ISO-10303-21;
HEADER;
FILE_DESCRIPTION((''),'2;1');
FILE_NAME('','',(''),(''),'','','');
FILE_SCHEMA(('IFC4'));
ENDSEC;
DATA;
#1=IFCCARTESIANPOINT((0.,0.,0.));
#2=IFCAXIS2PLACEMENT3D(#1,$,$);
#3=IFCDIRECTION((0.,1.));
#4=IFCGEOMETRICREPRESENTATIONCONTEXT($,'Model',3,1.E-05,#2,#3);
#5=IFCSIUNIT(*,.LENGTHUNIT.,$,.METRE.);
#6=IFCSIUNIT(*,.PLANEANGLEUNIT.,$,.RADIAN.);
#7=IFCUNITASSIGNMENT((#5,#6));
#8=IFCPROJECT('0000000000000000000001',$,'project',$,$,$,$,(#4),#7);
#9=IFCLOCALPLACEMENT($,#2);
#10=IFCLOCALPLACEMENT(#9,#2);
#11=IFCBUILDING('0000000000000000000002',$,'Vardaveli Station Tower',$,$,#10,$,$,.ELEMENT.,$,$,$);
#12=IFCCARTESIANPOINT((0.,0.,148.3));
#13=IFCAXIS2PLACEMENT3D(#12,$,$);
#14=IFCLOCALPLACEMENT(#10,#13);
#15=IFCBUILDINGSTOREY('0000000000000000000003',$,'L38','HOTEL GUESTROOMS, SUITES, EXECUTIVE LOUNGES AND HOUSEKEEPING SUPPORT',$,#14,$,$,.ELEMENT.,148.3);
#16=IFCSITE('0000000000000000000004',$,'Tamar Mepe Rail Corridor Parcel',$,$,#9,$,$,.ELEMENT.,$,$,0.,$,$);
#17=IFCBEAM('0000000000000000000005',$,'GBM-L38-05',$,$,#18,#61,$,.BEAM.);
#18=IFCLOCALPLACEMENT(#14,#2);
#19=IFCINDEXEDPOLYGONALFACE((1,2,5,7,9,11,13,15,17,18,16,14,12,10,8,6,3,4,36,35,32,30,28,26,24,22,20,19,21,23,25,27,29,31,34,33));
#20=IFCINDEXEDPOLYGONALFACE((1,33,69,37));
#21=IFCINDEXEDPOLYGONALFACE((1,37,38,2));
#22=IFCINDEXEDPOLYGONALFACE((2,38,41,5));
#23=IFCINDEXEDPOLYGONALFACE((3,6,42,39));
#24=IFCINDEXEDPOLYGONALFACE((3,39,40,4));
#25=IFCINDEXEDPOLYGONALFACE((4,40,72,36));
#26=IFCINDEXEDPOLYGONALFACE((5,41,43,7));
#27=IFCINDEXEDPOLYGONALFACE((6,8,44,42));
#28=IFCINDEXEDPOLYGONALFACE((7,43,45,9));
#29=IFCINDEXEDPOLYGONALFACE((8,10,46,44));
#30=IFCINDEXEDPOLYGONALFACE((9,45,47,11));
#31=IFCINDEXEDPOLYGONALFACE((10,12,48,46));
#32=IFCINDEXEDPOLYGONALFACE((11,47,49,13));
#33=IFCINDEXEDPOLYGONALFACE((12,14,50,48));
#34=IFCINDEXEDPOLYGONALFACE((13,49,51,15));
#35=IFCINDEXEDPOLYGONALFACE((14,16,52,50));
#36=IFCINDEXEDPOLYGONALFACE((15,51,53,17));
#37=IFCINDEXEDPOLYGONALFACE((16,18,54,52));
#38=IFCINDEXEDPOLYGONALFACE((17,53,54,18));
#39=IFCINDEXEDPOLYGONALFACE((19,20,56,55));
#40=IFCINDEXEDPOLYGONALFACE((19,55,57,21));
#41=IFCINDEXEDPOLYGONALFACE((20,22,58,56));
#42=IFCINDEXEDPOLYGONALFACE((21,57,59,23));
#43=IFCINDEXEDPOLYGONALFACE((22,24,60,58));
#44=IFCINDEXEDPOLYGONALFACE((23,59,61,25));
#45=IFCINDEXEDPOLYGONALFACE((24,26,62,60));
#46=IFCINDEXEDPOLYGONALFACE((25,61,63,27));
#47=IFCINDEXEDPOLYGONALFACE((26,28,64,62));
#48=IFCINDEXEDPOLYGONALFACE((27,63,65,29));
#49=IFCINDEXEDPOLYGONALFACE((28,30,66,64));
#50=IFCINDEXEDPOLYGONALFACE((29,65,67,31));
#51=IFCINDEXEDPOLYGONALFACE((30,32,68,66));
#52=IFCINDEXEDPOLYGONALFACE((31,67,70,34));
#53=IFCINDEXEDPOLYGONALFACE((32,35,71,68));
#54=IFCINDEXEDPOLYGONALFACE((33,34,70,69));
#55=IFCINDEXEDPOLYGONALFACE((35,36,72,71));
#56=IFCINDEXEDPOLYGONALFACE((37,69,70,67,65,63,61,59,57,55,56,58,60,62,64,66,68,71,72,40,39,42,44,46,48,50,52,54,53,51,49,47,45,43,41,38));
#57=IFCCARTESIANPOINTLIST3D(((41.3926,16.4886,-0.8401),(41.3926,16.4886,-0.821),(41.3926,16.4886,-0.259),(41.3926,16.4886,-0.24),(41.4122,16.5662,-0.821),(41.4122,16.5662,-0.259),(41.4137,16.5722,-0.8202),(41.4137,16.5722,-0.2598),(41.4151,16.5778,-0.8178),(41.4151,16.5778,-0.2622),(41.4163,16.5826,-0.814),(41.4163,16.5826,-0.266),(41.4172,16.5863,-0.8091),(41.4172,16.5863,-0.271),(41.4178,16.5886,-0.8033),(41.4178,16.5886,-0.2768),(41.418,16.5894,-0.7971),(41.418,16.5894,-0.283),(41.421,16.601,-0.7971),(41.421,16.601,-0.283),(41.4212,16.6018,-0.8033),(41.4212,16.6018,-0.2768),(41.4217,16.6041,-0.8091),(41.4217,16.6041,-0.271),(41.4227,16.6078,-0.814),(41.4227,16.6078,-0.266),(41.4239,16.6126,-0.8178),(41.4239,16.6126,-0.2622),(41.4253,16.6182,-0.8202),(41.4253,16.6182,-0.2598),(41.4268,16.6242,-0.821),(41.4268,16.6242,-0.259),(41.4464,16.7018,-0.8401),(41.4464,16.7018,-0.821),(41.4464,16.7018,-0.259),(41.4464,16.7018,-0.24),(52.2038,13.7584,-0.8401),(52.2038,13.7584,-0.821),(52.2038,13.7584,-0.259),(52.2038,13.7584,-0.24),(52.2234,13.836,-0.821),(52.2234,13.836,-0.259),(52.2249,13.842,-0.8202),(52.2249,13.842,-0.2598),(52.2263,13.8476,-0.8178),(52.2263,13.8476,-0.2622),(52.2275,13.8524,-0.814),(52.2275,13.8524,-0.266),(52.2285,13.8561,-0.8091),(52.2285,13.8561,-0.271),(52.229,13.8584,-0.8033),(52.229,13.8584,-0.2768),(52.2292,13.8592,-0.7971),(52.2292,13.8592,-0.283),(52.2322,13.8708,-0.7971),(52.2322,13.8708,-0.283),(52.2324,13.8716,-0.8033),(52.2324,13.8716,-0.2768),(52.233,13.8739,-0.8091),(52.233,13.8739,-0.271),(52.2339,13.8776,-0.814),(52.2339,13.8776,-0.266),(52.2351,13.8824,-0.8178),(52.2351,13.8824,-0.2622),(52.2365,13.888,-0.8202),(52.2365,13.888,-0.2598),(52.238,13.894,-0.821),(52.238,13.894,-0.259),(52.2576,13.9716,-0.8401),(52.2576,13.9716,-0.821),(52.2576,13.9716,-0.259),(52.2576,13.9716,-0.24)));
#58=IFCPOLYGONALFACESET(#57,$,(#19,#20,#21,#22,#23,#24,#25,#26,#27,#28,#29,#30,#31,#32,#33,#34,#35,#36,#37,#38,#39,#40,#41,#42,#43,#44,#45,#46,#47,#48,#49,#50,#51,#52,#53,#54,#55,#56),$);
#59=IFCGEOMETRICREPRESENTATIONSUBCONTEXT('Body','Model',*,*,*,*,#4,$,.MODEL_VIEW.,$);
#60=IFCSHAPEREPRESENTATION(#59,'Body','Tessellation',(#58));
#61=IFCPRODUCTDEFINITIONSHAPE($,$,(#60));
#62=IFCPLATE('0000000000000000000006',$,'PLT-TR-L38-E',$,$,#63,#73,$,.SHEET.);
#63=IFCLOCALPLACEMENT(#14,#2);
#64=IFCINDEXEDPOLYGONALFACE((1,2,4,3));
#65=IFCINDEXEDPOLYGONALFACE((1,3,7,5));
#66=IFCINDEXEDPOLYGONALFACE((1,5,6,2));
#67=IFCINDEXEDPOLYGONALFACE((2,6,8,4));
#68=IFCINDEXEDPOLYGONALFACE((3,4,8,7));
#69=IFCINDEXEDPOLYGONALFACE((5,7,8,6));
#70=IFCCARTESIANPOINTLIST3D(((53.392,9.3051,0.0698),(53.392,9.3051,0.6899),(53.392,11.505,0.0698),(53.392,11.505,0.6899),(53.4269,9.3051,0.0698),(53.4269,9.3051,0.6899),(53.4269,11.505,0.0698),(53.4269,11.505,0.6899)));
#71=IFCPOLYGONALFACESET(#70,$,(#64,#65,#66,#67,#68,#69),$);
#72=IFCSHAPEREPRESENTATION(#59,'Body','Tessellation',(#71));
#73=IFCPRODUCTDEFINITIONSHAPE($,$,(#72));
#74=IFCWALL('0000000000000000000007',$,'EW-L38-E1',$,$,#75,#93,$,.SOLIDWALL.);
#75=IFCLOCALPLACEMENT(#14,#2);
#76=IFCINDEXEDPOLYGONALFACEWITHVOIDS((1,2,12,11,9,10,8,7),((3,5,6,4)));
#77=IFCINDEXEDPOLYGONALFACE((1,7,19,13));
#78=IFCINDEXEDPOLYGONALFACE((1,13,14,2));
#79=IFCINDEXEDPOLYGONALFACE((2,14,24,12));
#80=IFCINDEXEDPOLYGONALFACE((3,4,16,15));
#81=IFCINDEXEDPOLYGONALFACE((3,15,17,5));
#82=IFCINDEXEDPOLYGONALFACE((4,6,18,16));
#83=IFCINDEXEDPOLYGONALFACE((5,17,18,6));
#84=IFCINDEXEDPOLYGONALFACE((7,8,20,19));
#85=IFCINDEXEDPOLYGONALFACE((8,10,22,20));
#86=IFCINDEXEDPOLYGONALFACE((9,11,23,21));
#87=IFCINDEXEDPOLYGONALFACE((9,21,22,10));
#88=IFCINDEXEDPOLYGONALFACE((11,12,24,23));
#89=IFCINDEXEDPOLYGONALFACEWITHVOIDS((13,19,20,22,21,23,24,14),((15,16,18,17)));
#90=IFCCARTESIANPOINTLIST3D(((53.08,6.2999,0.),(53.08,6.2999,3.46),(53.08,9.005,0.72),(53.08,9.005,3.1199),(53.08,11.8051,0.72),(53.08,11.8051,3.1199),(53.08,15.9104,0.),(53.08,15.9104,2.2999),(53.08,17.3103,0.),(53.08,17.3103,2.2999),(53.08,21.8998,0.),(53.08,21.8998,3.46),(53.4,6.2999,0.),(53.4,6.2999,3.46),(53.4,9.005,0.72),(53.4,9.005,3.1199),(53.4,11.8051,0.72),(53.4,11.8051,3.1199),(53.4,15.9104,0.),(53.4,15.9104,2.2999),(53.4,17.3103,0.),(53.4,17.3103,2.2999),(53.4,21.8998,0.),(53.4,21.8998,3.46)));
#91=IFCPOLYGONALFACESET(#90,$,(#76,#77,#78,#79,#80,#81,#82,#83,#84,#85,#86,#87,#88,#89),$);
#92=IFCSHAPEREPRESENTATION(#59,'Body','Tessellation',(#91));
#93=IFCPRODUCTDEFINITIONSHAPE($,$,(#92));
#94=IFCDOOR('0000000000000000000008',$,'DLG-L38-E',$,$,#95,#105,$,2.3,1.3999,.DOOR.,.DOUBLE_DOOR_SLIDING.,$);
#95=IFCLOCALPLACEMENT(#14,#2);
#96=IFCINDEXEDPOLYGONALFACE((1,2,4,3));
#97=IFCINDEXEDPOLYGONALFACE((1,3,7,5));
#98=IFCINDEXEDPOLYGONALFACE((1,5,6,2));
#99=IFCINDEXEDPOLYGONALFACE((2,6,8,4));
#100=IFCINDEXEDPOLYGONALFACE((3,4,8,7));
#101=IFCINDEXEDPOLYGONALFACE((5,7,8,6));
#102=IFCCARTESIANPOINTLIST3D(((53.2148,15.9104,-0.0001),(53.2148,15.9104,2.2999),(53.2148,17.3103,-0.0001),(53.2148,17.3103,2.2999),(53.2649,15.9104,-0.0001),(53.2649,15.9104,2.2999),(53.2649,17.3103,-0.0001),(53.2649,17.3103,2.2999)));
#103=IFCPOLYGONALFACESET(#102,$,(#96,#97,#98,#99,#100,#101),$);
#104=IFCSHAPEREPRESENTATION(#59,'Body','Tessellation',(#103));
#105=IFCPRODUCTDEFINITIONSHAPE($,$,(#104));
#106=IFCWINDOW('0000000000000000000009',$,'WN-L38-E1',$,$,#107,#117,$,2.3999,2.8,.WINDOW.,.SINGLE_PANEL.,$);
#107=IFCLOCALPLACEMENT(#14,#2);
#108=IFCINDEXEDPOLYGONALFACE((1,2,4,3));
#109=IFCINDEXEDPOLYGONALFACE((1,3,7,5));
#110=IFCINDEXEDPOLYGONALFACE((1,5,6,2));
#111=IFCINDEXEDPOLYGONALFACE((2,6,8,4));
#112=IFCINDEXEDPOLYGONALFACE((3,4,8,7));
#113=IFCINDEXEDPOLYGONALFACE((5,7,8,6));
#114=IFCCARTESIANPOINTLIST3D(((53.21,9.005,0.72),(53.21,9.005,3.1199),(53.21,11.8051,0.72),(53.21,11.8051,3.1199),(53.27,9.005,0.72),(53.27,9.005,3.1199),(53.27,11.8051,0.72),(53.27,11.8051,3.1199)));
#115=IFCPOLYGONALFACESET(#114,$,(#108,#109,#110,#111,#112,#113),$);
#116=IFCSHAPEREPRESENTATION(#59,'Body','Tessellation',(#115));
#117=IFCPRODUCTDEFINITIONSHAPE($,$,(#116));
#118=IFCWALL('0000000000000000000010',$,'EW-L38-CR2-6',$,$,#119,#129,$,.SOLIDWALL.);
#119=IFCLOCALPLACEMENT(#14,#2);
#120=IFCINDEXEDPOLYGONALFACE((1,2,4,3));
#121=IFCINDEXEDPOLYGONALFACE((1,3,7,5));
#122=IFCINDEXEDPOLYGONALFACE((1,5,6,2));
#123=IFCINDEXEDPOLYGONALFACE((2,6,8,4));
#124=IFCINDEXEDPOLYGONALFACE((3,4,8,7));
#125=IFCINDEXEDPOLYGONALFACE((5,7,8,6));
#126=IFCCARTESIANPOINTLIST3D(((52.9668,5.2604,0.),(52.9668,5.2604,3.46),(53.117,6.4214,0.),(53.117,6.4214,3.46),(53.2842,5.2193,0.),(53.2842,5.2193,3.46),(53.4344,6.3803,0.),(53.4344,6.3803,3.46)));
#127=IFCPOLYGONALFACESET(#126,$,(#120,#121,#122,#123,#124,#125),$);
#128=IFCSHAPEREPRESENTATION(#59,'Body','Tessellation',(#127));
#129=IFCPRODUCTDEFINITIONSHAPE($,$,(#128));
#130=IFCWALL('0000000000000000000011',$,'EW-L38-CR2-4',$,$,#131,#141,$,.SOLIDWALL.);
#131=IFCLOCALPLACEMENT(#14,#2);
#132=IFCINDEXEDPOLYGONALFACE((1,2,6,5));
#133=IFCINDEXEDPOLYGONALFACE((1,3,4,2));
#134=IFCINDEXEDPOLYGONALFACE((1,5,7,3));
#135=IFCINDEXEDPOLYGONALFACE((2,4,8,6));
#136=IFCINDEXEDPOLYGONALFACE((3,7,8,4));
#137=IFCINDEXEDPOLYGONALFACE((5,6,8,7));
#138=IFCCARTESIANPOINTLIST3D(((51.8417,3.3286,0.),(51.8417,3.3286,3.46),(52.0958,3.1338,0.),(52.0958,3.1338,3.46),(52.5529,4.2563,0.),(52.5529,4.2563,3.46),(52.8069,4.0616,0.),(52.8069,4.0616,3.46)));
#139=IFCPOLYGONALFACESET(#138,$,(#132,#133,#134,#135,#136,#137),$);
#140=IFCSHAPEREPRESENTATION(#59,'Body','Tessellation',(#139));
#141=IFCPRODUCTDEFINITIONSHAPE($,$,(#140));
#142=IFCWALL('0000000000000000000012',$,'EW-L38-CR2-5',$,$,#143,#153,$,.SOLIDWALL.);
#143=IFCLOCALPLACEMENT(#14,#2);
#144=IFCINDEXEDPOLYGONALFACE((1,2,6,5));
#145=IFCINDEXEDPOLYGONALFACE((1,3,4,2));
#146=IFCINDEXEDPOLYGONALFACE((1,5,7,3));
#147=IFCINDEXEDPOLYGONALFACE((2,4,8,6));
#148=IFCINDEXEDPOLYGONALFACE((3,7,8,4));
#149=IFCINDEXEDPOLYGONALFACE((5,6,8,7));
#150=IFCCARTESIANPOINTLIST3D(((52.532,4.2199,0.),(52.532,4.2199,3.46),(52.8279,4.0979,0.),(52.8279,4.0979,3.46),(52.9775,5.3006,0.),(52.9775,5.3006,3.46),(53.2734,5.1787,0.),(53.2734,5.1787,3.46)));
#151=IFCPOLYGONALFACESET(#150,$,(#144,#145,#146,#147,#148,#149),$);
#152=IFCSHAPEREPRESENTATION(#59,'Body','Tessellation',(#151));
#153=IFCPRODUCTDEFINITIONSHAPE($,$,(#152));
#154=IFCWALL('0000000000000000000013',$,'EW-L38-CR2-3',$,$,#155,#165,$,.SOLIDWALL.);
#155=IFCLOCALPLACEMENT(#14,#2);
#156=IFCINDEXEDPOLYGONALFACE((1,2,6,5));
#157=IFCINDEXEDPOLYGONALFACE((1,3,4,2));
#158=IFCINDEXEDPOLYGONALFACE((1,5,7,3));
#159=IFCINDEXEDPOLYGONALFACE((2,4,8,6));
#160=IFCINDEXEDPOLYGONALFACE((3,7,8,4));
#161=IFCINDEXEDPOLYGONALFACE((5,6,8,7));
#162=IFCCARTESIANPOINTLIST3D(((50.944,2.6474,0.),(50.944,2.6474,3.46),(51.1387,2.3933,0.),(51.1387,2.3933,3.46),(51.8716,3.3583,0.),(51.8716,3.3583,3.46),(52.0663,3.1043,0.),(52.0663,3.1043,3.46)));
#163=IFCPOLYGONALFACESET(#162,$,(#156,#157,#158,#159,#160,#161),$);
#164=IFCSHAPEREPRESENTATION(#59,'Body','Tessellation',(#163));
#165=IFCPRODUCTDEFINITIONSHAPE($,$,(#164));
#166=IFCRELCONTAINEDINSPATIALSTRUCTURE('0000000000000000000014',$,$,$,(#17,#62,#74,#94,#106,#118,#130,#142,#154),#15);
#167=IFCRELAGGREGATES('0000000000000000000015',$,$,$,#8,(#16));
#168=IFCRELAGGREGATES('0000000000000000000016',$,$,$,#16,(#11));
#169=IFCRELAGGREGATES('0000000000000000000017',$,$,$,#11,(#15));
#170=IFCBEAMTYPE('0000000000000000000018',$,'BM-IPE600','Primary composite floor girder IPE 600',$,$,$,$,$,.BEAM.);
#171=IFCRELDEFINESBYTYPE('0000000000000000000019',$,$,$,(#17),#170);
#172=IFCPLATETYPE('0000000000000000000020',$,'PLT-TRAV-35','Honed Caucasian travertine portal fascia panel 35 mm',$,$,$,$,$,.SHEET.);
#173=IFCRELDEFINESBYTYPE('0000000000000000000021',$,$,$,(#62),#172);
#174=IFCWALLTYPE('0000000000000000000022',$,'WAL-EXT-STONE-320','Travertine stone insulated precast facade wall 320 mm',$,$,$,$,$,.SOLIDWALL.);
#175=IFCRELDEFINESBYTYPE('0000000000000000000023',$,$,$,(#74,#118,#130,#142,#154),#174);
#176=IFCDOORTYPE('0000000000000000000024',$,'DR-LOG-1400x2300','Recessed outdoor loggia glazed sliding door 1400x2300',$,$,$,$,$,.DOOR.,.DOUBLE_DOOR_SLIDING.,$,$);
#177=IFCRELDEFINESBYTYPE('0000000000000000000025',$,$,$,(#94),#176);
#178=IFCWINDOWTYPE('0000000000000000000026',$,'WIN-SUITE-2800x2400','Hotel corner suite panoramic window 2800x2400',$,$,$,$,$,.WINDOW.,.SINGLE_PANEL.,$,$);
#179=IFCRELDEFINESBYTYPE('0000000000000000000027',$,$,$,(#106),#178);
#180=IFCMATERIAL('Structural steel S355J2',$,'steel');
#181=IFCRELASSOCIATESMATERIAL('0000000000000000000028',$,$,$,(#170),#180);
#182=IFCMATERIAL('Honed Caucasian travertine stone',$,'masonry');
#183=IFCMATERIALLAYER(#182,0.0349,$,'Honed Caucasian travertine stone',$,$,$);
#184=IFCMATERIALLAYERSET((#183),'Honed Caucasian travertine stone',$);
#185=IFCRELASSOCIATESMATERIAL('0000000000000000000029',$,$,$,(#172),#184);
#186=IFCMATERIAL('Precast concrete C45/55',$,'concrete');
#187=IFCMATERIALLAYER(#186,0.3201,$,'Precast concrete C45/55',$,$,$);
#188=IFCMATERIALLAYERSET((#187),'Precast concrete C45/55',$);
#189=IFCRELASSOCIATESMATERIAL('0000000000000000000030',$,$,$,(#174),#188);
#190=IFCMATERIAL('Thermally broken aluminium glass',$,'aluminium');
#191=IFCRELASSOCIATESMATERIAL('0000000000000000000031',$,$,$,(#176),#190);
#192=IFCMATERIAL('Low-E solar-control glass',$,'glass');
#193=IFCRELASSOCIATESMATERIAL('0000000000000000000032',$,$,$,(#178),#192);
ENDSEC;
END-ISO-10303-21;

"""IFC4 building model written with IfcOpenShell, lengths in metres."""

from ifc_helpers import new_model, si_unit, direction, frame, frame_2d, origin, origin_2d, place, context, subcontext, project, spatial, rectangle, i_section, extrude, source, transform, mapped, material, layer, layer_set, material_profile, profile_set, type_object, element, fill, save


model = new_model("IFC4")

# Units and contexts
model_context = context("Model", 3, precision=1e-05, world=origin(), true_north=direction((0.0, 1.0)))
body_context = subcontext(model_context, "Body", "Model", "MODEL_VIEW")
ifc_project = project(units=[si_unit("LENGTHUNIT", "METRE"), si_unit("PLANEANGLEUNIT", "RADIAN")], contexts=[model_context])

# Site, building, storey
site_placement = place(None, origin())
site = spatial("IfcSite", under=ifc_project, at=site_placement, Name="Tamar Mepe Rail Corridor Parcel", CompositionType="ELEMENT", RefElevation=0.0)
building_placement = place(site_placement, origin())
building = spatial("IfcBuilding", under=site, at=building_placement, Name="Vardaveli Station Tower", CompositionType="ELEMENT")
storey_placement = place(building_placement, frame((0.0, 0.0, 148.3)))
storey = spatial("IfcBuildingStorey", under=building, at=storey_placement, Name="L38", Description="HOTEL GUESTROOMS, SUITES, EXECUTIVE LOUNGES AND HOUSEKEEPING SUPPORT", CompositionType="ELEMENT", Elevation=148.3)

# Beam
ifc_material_1 = material(Name="Precast concrete C45/55", Category="concrete")
ifc_material_2 = material(Name="Structural steel S355J2", Category="steel")
ifc_material_profile_1 = material_profile(ifc_material_2, i_section(OverallWidth=0.22, OverallDepth=0.6001, WebThickness=0.012, FlangeThickness=0.019, FilletRadius=0.0239, at=origin_2d()), Name="IPE 600")
ifc_profile_set_1 = profile_set([ifc_material_profile_1], Name="Structural steel S355J2")
beam_type_1 = type_object("IfcBeamType", Name="BM-IPE600", Description="Primary composite floor girder IPE 600", PredefinedType="BEAM", material=ifc_profile_set_1)
shared_shape_1 = source(origin(), body_context, "Body", "SweptSolid", [
    extrude(i_section(OverallWidth=0.22, OverallDepth=0.6001, WebThickness=0.012, FlangeThickness=0.019, FilletRadius=0.0239, at=origin_2d()), origin(), (0.0, 0.0, 1.0), 11.1506),
])
beam_1_placement = place(storey_placement, frame((52.2307, 13.865, -0.54), z_axis=(-0.969561, 0.244848, 0.0), x_axis=(-0.244848, -0.969561, 0.0)))
element("IfcBeam", 1, at=beam_1_placement, inside=storey, type_object=beam_type_1, Name="GBM-L38-05", PredefinedType="BEAM", context=body_context, shape_type="MappedRepresentation", body=[
    mapped(shared_shape_1, transform((0.0, 0.0, 0.0), scale=1.0)),
])

# Plate
ifc_material_3 = material(Name="Honed Caucasian travertine stone", Category="masonry")
ifc_layer_1 = layer(ifc_material_3, 0.0349, Name="Honed Caucasian travertine stone")
ifc_layer_set_1 = layer_set([ifc_layer_1], Name="Honed Caucasian travertine stone")
plate_type = type_object("IfcPlateType", Name="PLT-TRAV-35", Description="Honed Caucasian travertine portal fascia panel 35 mm", PredefinedType="SHEET", material=ifc_layer_set_1)
shared_shape_2 = source(origin(), body_context, "Body", "SweptSolid", [
    extrude(rectangle(XDim=2.2, YDim=0.0349, at=origin_2d()), origin(), (0.0, 0.0, 1.0), 0.6201),
])
plate_placement = place(storey_placement, frame((53.4094, 10.405, 0.0698), z_axis=(0.0, 0.0, 1.0), x_axis=(0.0, 1.0, 0.0)))
element("IfcPlate", 2, at=plate_placement, inside=storey, type_object=plate_type, Name="PLT-TR-L38-E", PredefinedType="SHEET", context=body_context, shape_type="MappedRepresentation", body=[
    mapped(shared_shape_2, transform((0.0, 0.0, 0.0), scale=1.0)),
])

# Wall, openings, door, window
ifc_layer_2 = layer(ifc_material_1, 0.3201, Name="Precast concrete C45/55")
ifc_layer_set_2 = layer_set([ifc_layer_2], Name="Precast concrete C45/55")
wall_type_1 = type_object("IfcWallType", Name="WAL-EXT-STONE-320", Description="Travertine stone insulated precast facade wall 320 mm", PredefinedType="SOLIDWALL", material=ifc_layer_set_2)
shared_shape_3 = source(origin(), body_context, "Body", "SweptSolid", [
    extrude(rectangle(XDim=15.5999, YDim=0.3201, at=frame_2d((7.7998, 0.0))), origin(), (0.0, 0.0, 1.0), 3.46),
])
wall_1_placement = place(storey_placement, frame((53.24, 6.3, 0.0), z_axis=(0.0, 0.0, 1.0), x_axis=(0.0, 1.0, 0.0)))
wall_1 = element("IfcWall", 3, at=wall_1_placement, inside=storey, type_object=wall_type_1, Name="EW-L38-E1", PredefinedType="SOLIDWALL", context=body_context, shape_type="MappedRepresentation", body=[
    mapped(shared_shape_3, transform((0.0, 0.0, 0.0), scale=1.0)),
])
shared_shape_4 = source(origin(), body_context, "Body", "SweptSolid", [
    extrude(rectangle(XDim=1.3999, YDim=2.3, at=frame_2d((0.7, 1.1499))), frame((0.0, 0.1699, 0.0), z_axis=(0.0, -1.0, 0.0), x_axis=(1.0, 0.0, 0.0)), (0.0, 0.0, 1.0), 0.3401),
])
opening_1_placement = place(wall_1_placement, frame((9.6104, 0.0, 0.0)))
opening_1 = element("IfcOpeningElement", 4, at=opening_1_placement, cuts=wall_1, PredefinedType="OPENING", context=body_context, shape_type="MappedRepresentation", body=[
    mapped(shared_shape_4, transform((0.0, 0.0, 0.0), scale=1.0)),
])
shared_shape_5 = source(origin(), body_context, "Body", "SweptSolid", [
    extrude(rectangle(XDim=2.8, YDim=2.3999, at=frame_2d((1.3999, 1.2))), frame((0.0, 0.1699, 0.0), z_axis=(0.0, -1.0, 0.0), x_axis=(1.0, 0.0, 0.0)), (0.0, 0.0, 1.0), 0.3401),
])
opening_2_placement = place(wall_1_placement, frame((2.7051, 0.0, 0.72)))
opening_2 = element("IfcOpeningElement", 5, at=opening_2_placement, cuts=wall_1, PredefinedType="OPENING", context=body_context, shape_type="MappedRepresentation", body=[
    mapped(shared_shape_5, transform((0.0, 0.0, 0.0), scale=1.0)),
])
ifc_material_4 = material(Name="Thermally broken aluminium glass", Category="aluminium")
door_type_1 = type_object("IfcDoorType", Name="DR-LOG-1400x2300", Description="Recessed outdoor loggia glazed sliding door 1400x2300", OperationType="DOUBLE_DOOR_SLIDING", PredefinedType="DOOR", material=ifc_material_4)
shared_shape_6 = source(origin(), body_context, "Body", "SweptSolid", [
    extrude(rectangle(XDim=1.3999, YDim=2.3, at=frame_2d((0.7, 1.1499))), frame((0.0, 0.0249, 0.0), z_axis=(0.0, -1.0, 0.0), x_axis=(1.0, 0.0, 0.0)), (0.0, 0.0, 1.0), 0.05),
])
door_1_placement = place(opening_1_placement, frame((1.3999, 0.0, 0.0), z_axis=(0.0, 0.0, 1.0), x_axis=(-1.0, 0.0, 0.0)))
door_1 = element("IfcDoor", 6, at=door_1_placement, inside=storey, type_object=door_type_1, Name="DLG-L38-E", OperationType="DOUBLE_DOOR_SLIDING", OverallHeight=2.3, OverallWidth=1.3999, PredefinedType="DOOR", context=body_context, shape_type="MappedRepresentation", body=[
    mapped(shared_shape_6, transform((0.0, 0.0, 0.0), scale=1.0)),
])
fill(opening_1, door_1)
ifc_material_5 = material(Name="Low-E solar-control glass", Category="glass")
window_type = type_object("IfcWindowType", Name="WIN-SUITE-2800x2400", Description="Hotel corner suite panoramic window 2800x2400", PartitioningType="SINGLE_PANEL", PredefinedType="WINDOW", material=ifc_material_5)
shared_shape_7 = source(origin(), body_context, "Body", "SweptSolid", [
    extrude(rectangle(XDim=2.8, YDim=2.3999, at=frame_2d((1.3999, 1.2))), frame((0.0, 0.03, 0.0), z_axis=(0.0, -1.0, 0.0), x_axis=(1.0, 0.0, 0.0)), (0.0, 0.0, 1.0), 0.0601),
])
window_placement = place(opening_2_placement, origin())
window = element("IfcWindow", 7, at=window_placement, inside=storey, type_object=window_type, Name="WN-L38-E1", OverallHeight=2.3999, OverallWidth=2.8, PartitioningType="SINGLE_PANEL", PredefinedType="WINDOW", context=body_context, shape_type="MappedRepresentation", body=[
    mapped(shared_shape_7, transform((0.0, 0.0, 0.0), scale=1.0)),
])
fill(opening_2, window)

# Walls
shared_shape_8 = source(origin(), body_context, "Body", "SweptSolid", [
    extrude(rectangle(XDim=1.1707, YDim=0.3201, at=frame_2d((0.5854, 0.0))), origin(), (0.0, 0.0, 1.0), 3.46),
])
wall_2_placement = place(storey_placement, frame((53.1255, 5.2397, 0.0), z_axis=(0.0, 0.0, 1.0), x_axis=(0.128269, 0.991739, 0.0)))
element("IfcWall", 8, at=wall_2_placement, inside=storey, type_object=wall_type_1, Name="EW-L38-CR2-6", PredefinedType="SOLIDWALL", context=body_context, shape_type="MappedRepresentation", body=[
    mapped(shared_shape_8, transform((0.0, 0.0, 0.0), scale=1.0)),
])
shared_shape_9 = source(origin(), body_context, "Body", "SweptSolid", [
    extrude(rectangle(XDim=1.1689, YDim=0.3201, at=frame_2d((0.5845, 0.0))), origin(), (0.0, 0.0, 1.0), 3.46),
])
for number, where, z_axis, x_axis, name in (
    (9, (51.9688, 3.2312, 0.0), (0.0, 0.0, 1.0), (0.608388, 0.79364, 0.0), "EW-L38-CR2-4"),
    (10, (52.6799, 4.1589, 0.0), (0.0, 0.0, 1.0), (0.381128, 0.924522, 0.0), "EW-L38-CR2-5"),
):
    element("IfcWall", number, at=place(storey_placement, frame(where, z_axis=z_axis, x_axis=x_axis)), inside=storey, type_object=wall_type_1, Name=name, PredefinedType="SOLIDWALL", context=body_context, shape_type="MappedRepresentation", body=[
        mapped(shared_shape_9, transform((0.0, 0.0, 0.0), scale=1.0)),
    ])
shared_shape_10 = source(origin(), body_context, "Body", "SweptSolid", [
    extrude(rectangle(XDim=1.1687, YDim=0.3201, at=frame_2d((0.5845, 0.0))), origin(), (0.0, 0.0, 1.0), 3.46),
])
wall_3_placement = place(storey_placement, frame((51.0413, 2.5203, 0.0), z_axis=(0.0, 0.0, 1.0), x_axis=(0.793664, 0.608357, 0.0)))
element("IfcWall", 11, at=wall_3_placement, inside=storey, type_object=wall_type_1, Name="EW-L38-CR2-3", PredefinedType="SOLIDWALL", context=body_context, shape_type="MappedRepresentation", body=[
    mapped(shared_shape_10, transform((0.0, 0.0, 0.0), scale=1.0)),
])

save(model, "model.ifc")
